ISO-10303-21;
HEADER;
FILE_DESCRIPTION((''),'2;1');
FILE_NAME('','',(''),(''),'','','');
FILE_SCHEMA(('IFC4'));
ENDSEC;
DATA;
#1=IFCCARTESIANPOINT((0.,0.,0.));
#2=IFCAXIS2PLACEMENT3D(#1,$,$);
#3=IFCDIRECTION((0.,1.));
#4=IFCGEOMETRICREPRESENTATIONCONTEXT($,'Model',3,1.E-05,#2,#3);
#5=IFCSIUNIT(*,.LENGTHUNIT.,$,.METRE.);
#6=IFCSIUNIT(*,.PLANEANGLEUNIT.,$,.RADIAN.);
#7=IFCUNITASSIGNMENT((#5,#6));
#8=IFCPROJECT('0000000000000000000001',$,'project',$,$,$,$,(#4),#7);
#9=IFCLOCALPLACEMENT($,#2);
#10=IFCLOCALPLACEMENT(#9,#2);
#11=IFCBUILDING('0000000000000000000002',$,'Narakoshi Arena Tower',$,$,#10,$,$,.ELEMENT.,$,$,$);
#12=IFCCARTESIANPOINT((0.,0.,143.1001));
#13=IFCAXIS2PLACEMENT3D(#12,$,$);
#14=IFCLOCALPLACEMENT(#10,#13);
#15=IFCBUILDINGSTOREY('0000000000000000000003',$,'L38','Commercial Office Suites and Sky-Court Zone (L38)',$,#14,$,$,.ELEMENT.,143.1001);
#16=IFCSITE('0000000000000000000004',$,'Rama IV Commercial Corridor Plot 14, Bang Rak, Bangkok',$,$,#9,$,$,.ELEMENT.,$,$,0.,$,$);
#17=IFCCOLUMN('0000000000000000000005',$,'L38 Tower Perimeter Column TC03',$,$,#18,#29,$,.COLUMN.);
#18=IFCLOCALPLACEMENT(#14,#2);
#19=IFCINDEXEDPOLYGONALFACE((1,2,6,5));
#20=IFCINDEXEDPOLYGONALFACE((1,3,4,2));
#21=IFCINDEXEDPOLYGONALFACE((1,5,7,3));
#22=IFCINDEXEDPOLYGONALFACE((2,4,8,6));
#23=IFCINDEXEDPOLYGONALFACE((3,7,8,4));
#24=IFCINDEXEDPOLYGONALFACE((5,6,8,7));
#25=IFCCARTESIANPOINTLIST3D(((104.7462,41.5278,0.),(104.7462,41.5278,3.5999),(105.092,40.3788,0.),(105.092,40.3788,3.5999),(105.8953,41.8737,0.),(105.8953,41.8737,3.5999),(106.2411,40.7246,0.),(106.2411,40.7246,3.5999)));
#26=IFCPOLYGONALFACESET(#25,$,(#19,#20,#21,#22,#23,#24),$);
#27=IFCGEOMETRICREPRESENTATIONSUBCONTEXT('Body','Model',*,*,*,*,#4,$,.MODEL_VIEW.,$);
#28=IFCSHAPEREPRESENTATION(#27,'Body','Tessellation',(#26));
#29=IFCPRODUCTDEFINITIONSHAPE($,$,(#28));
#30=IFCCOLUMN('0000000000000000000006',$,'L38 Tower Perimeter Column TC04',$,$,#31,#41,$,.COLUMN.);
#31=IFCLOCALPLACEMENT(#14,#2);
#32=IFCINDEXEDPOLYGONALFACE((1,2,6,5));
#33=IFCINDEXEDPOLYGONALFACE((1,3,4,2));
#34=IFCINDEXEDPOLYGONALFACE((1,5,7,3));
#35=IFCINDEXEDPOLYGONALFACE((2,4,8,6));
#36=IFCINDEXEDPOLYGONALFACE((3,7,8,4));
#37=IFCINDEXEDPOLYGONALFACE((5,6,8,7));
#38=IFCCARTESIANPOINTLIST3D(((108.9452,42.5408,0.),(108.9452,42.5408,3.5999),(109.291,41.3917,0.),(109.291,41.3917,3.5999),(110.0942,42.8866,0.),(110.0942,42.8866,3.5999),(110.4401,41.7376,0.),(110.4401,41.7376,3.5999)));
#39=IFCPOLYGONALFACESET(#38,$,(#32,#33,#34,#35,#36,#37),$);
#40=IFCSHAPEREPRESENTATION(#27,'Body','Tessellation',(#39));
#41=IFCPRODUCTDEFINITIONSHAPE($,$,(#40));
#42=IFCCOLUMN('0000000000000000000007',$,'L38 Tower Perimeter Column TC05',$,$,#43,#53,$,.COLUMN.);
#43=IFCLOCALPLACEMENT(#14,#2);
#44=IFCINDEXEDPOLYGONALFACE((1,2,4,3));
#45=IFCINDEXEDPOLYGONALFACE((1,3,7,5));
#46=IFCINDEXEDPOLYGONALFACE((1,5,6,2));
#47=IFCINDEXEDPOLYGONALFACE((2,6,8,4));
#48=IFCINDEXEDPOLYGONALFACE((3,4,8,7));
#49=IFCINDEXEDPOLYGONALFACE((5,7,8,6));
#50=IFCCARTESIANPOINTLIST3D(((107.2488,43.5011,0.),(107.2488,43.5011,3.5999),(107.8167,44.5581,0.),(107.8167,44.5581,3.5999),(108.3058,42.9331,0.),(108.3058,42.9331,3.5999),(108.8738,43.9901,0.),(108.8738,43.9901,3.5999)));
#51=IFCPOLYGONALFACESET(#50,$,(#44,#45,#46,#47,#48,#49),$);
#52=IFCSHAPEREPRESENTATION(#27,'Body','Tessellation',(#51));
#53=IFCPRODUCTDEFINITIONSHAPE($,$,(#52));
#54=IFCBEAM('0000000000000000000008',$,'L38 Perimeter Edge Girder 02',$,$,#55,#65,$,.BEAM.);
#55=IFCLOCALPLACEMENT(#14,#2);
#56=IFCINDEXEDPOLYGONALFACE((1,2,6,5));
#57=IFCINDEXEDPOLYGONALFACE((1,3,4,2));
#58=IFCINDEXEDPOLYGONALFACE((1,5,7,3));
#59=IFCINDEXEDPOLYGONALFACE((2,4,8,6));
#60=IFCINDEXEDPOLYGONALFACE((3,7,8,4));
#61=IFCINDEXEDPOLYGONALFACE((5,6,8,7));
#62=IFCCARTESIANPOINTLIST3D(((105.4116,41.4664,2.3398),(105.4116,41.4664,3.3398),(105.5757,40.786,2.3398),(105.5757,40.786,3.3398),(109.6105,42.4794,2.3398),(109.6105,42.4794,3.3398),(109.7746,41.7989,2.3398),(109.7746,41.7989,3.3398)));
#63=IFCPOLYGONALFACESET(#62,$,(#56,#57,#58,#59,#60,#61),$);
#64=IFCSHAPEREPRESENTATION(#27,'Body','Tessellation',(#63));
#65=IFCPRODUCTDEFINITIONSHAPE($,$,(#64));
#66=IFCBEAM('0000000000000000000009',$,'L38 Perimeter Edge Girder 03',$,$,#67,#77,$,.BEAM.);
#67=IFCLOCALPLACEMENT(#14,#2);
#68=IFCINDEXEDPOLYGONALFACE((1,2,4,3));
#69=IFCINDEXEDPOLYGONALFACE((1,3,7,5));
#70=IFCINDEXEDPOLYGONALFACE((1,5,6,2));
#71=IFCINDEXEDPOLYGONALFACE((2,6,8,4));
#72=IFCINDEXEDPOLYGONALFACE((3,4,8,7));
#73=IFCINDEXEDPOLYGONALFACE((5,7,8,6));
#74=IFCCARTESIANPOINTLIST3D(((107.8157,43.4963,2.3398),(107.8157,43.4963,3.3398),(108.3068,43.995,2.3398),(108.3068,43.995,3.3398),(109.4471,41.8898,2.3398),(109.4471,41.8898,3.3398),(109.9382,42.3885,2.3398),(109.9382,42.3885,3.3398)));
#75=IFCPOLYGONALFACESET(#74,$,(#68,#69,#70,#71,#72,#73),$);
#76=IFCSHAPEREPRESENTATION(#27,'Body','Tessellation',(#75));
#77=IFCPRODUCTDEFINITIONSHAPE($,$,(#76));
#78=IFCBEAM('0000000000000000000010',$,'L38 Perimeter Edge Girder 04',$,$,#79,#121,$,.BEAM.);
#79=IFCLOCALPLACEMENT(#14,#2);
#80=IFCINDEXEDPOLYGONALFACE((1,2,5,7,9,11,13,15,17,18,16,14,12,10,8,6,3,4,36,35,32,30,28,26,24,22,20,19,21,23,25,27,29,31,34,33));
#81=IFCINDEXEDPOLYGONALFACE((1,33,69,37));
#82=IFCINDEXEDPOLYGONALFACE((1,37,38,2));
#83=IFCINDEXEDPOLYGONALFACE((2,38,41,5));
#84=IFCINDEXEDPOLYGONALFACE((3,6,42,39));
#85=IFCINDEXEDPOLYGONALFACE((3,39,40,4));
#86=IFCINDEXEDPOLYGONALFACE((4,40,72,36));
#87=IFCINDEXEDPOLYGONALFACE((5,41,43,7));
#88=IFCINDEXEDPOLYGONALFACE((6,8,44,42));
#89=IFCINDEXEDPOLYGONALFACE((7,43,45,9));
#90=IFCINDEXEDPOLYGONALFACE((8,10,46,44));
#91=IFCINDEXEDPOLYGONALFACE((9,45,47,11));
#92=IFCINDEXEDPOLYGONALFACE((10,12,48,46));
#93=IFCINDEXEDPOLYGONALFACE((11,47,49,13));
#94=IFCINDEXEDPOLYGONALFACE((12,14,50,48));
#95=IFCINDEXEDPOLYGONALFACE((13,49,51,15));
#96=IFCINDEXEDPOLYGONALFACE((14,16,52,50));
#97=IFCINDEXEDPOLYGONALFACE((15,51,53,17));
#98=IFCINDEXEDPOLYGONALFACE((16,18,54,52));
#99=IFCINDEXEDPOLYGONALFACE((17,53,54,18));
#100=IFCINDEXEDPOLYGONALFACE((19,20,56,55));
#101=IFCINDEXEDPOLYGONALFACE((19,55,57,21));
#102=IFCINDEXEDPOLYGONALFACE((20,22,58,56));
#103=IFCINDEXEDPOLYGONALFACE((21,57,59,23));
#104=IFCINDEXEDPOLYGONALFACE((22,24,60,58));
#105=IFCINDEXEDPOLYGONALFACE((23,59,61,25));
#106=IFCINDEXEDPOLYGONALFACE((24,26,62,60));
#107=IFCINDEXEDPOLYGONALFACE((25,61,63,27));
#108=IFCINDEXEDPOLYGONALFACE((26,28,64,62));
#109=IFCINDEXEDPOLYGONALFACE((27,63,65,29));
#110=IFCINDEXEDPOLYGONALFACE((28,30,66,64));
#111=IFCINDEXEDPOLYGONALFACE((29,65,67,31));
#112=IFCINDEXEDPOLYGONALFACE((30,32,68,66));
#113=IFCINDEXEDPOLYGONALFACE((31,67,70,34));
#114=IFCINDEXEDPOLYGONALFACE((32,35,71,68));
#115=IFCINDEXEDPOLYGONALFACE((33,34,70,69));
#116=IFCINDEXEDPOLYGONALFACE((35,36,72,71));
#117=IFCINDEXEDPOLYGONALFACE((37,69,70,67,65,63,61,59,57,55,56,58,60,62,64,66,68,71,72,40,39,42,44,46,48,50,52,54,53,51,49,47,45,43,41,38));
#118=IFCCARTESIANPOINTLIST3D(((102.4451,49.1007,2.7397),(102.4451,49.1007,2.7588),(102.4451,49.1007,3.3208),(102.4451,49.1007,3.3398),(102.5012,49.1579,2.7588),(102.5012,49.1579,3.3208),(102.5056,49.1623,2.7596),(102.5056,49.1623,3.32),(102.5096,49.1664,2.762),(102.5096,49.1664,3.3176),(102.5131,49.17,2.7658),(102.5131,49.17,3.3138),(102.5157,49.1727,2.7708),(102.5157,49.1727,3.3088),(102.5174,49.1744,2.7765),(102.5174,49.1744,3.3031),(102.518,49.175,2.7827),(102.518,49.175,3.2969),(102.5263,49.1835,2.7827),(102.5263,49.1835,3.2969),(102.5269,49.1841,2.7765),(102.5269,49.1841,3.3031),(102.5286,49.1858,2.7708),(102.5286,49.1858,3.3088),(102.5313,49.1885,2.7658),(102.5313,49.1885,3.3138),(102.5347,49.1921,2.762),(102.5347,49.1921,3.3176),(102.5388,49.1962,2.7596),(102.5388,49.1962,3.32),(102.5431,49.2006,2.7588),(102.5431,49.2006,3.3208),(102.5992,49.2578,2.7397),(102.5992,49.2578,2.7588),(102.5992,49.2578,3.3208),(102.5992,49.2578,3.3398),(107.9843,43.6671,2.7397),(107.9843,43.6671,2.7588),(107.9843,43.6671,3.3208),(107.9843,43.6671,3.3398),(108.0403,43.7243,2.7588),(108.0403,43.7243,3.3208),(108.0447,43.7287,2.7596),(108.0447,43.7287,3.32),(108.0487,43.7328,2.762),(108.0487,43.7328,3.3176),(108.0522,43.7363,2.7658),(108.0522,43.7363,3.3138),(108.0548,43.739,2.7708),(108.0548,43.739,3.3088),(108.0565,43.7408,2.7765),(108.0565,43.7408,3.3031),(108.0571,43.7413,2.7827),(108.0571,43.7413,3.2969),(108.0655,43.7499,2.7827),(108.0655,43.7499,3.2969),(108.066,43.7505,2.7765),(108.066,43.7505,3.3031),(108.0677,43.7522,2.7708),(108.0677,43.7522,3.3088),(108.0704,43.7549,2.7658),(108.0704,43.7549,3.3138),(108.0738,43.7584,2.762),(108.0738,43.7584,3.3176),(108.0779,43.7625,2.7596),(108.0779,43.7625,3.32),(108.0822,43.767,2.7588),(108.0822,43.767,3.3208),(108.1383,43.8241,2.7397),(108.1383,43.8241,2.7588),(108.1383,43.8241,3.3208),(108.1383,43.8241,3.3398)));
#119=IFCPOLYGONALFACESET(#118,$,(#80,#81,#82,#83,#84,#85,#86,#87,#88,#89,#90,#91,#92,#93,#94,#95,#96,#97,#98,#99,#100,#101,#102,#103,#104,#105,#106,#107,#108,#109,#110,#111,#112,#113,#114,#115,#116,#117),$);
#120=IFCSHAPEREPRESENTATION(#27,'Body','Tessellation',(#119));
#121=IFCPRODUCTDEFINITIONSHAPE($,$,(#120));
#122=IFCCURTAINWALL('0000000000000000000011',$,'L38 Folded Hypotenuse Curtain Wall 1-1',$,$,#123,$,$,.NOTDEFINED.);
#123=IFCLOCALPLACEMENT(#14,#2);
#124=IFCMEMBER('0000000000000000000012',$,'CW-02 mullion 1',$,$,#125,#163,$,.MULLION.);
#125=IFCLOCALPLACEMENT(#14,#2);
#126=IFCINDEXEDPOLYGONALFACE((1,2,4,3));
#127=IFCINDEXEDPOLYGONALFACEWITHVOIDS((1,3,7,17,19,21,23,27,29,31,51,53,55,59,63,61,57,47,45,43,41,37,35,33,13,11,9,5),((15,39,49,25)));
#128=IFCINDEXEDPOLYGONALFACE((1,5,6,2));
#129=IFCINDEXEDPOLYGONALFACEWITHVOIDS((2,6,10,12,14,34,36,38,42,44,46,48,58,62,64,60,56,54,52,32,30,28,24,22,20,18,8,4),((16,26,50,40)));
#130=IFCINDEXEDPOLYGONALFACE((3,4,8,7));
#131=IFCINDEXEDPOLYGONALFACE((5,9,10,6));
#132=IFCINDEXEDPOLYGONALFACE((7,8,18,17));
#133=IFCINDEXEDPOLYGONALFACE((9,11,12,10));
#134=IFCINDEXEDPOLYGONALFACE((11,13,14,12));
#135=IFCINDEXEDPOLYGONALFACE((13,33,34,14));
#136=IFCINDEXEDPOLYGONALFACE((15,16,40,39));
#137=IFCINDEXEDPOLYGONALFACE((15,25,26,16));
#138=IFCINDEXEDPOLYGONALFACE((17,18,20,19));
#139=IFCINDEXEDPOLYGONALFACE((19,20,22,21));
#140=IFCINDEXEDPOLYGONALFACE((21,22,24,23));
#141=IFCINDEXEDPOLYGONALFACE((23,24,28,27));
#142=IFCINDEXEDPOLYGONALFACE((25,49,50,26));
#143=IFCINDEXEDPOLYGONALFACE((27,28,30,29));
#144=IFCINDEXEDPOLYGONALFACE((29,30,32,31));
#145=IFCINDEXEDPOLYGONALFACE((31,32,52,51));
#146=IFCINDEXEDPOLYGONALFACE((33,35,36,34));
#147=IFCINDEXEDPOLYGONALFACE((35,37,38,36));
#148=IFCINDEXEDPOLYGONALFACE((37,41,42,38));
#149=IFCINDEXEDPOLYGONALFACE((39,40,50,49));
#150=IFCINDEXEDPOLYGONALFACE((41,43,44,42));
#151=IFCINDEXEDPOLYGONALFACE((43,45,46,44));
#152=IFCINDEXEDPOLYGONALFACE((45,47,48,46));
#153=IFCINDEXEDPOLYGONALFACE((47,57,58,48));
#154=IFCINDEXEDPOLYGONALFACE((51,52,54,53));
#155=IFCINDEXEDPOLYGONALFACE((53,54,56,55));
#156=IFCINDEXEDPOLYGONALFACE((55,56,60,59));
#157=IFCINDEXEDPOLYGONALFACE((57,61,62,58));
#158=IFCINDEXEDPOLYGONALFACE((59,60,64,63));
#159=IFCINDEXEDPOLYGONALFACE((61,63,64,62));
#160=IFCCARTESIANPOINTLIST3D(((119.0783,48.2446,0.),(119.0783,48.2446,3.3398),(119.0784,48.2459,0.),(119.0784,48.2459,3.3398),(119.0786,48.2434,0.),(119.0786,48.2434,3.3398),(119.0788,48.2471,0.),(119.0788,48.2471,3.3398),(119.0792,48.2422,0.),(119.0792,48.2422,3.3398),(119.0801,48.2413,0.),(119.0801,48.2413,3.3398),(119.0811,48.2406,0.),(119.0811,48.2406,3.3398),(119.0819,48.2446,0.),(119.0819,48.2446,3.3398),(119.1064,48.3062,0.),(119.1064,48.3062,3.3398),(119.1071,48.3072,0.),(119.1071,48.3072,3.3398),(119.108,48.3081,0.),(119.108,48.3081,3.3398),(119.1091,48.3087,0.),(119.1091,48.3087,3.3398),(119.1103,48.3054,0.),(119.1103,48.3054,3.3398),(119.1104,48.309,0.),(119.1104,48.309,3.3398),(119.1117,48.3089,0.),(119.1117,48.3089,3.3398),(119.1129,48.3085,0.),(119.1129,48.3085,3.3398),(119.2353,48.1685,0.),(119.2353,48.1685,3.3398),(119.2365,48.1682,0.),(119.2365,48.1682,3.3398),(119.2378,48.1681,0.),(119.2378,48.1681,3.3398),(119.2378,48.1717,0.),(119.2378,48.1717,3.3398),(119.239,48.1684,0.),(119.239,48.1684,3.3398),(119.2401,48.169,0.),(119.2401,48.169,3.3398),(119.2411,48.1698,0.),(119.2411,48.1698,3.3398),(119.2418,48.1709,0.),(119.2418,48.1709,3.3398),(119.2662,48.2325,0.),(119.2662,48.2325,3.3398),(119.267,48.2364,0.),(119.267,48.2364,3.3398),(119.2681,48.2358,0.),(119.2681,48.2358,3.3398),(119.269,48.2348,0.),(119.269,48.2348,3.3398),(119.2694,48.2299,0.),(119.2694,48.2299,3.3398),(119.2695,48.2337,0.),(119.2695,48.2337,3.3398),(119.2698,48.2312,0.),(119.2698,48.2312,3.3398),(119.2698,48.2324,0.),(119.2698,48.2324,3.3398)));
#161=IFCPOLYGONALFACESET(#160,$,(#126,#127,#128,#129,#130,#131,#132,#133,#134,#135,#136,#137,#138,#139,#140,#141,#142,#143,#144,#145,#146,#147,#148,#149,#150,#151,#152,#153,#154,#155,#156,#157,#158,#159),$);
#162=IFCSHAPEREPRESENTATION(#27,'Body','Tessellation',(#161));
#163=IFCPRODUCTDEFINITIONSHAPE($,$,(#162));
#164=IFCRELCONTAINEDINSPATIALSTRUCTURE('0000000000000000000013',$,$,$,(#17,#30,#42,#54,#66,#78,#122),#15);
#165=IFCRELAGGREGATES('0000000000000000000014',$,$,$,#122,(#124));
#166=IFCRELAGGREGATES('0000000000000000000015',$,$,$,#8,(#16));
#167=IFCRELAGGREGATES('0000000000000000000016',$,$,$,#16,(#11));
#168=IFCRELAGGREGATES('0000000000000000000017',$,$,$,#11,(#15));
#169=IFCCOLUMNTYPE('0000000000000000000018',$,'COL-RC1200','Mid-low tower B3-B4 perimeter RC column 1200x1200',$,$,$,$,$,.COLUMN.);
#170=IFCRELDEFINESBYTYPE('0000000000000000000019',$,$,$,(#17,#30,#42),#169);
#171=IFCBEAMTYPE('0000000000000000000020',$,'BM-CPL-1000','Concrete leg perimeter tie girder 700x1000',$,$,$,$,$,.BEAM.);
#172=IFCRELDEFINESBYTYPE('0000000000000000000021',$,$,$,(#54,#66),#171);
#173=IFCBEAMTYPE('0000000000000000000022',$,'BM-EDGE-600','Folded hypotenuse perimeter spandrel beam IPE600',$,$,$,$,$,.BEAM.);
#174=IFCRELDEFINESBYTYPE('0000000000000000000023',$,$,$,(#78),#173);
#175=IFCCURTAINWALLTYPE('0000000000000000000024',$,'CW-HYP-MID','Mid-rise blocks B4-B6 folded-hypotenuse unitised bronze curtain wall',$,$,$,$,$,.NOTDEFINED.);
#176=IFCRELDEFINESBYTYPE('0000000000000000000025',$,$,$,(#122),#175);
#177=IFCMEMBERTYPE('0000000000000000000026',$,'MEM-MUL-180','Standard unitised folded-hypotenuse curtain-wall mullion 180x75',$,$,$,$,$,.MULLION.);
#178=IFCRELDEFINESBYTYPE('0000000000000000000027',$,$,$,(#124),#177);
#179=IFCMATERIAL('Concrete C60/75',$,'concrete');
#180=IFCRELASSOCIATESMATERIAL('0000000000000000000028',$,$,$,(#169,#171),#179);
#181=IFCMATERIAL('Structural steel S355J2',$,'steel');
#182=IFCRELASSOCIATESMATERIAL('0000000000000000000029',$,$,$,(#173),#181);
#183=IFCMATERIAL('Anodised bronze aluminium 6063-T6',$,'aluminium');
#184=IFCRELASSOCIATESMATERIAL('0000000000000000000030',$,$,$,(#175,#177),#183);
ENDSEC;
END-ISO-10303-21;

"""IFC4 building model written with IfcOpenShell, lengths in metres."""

from ifc_helpers import new_model, si_unit, direction, frame, origin, origin_2d, place, context, subcontext, project, spatial, rectangle, hollow_rectangle, i_section, extrude, material, material_profile, profile_set, type_object, element, aggregate, save


model = new_model("IFC4")

# Units and contexts
model_context = context("Model", 3, precision=1e-05, world=origin(), true_north=direction((0.0, 1.0)))
body_context = subcontext(model_context, "Body", "Model", "MODEL_VIEW")
ifc_project = project(units=[si_unit("LENGTHUNIT", "METRE"), si_unit("PLANEANGLEUNIT", "RADIAN")], contexts=[model_context])

# Site, building, storey
site_placement = place(None, origin())
site = spatial("IfcSite", under=ifc_project, at=site_placement, Name="Rama IV Commercial Corridor Plot 14, Bang Rak, Bangkok", CompositionType="ELEMENT", RefElevation=0.0)
building_placement = place(site_placement, origin())
building = spatial("IfcBuilding", under=site, at=building_placement, Name="Narakoshi Arena Tower", CompositionType="ELEMENT")
storey_placement = place(building_placement, frame((0.0, 0.0, 143.1001)))
storey = spatial("IfcBuildingStorey", under=building, at=storey_placement, Name="L38", Description="Commercial Office Suites and Sky-Court Zone (L38)", CompositionType="ELEMENT", Elevation=143.1001)

# Columns
ifc_material_1 = material(Name="Concrete C60/75", Category="concrete")
ifc_material_profile_1 = material_profile(ifc_material_1, rectangle(XDim=1.2, YDim=1.2, at=origin_2d()), Name="RC1200x1200")
ifc_profile_set_1 = profile_set([ifc_material_profile_1], Name="Concrete C60/75")
column_type = type_object("IfcColumnType", Name="COL-RC1200", Description="Mid-low tower B3-B4 perimeter RC column 1200x1200", PredefinedType="COLUMN", material=ifc_profile_set_1)
for number, where, z_axis, x_axis, name in (
    (1, (105.4937, 41.1262, 0.0), (0.0, 0.0, 1.0), (0.957571, 0.288196, 0.0), "L38 Tower Perimeter Column TC03"),
    (2, (109.6926, 42.1392, 0.0), (0.0, 0.0, 1.0), (0.957571, 0.288196, 0.0), "L38 Tower Perimeter Column TC04"),
    (3, (108.0613, 43.7456, 0.0), (0.0, 0.0, 1.0), (0.47332, 0.880891, 0.0), "L38 Tower Perimeter Column TC05"),
):
    element("IfcColumn", number, at=place(storey_placement, frame(where, z_axis=z_axis, x_axis=x_axis)), inside=storey, type_object=column_type, Name=name, PredefinedType="COLUMN", context=body_context, shape_type="SweptSolid", body=[
        extrude(rectangle(XDim=1.2, YDim=1.2, at=origin_2d()), origin(), (0.0, 0.0, 1.0), 3.5999),
    ])

# Beams
ifc_material_profile_2 = material_profile(ifc_material_1, rectangle(XDim=0.7, YDim=1.0, at=origin_2d()), Name="RCB700x1000")
ifc_profile_set_2 = profile_set([ifc_material_profile_2], Name="Concrete C60/75")
beam_type_1 = type_object("IfcBeamType", Name="BM-CPL-1000", Description="Concrete leg perimeter tie girder 700x1000", PredefinedType="BEAM", material=ifc_profile_set_2)
beam_1_placement = place(storey_placement, frame((105.4937, 41.1262, 2.8398), z_axis=(0.972114, 0.234508, 0.0), x_axis=(-0.234508, 0.972114, 0.0)))
element("IfcBeam", 4, at=beam_1_placement, inside=storey, type_object=beam_type_1, Name="L38 Perimeter Edge Girder 02", PredefinedType="BEAM", context=body_context, shape_type="SweptSolid", body=[
    extrude(rectangle(XDim=0.7, YDim=1.0, at=origin_2d()), origin(), (0.0, 0.0, 1.0), 4.3193),
])
beam_2_placement = place(storey_placement, frame((109.6926, 42.1392, 2.8398), z_axis=(-0.712524, 0.701648, 0.0), x_axis=(-0.701648, -0.712524, 0.0)))
element("IfcBeam", 5, at=beam_2_placement, inside=storey, type_object=beam_type_1, Name="L38 Perimeter Edge Girder 03", PredefinedType="BEAM", context=body_context, shape_type="SweptSolid", body=[
    extrude(rectangle(XDim=0.7, YDim=1.0, at=origin_2d()), origin(), (0.0, 0.0, 1.0), 2.2896),
])
ifc_material_2 = material(Name="Structural steel S355J2", Category="steel")
ifc_material_profile_3 = material_profile(ifc_material_2, i_section(OverallWidth=0.22, OverallDepth=0.6001, WebThickness=0.012, FlangeThickness=0.019, FilletRadius=0.0239, at=origin_2d()), Name="IPE600")
ifc_profile_set_3 = profile_set([ifc_material_profile_3], Name="Structural steel S355J2")
beam_type_2 = type_object("IfcBeamType", Name="BM-EDGE-600", Description="Folded hypotenuse perimeter spandrel beam IPE600", PredefinedType="BEAM", material=ifc_profile_set_3)
beam_3_placement = place(storey_placement, frame((108.0613, 43.7456, 3.0398), z_axis=(-0.71387, 0.700278, 0.0), x_axis=(-0.700278, -0.71387, 0.0)))
element("IfcBeam", 6, at=beam_3_placement, inside=storey, type_object=beam_type_2, Name="L38 Perimeter Edge Girder 04", PredefinedType="BEAM", context=body_context, shape_type="SweptSolid", body=[
    extrude(i_section(OverallWidth=0.22, OverallDepth=0.6001, WebThickness=0.012, FlangeThickness=0.019, FilletRadius=0.0239, at=origin_2d()), origin(), (0.0, 0.0, 1.0), 7.7593),
])

# Curtain wall, member
ifc_material_3 = material(Name="Anodised bronze aluminium 6063-T6", Category="aluminium")
curtain_wall_type = type_object("IfcCurtainWallType", Name="CW-HYP-MID", Description="Mid-rise blocks B4-B6 folded-hypotenuse unitised bronze curtain wall", PredefinedType="NOTDEFINED", material=ifc_material_3)
curtain_wall_placement = place(storey_placement, origin())
curtain_wall = element("IfcCurtainWall", 7, at=curtain_wall_placement, inside=storey, type_object=curtain_wall_type, Name="L38 Folded Hypotenuse Curtain Wall 1-1", PredefinedType="NOTDEFINED")
ifc_material_profile_4 = material_profile(ifc_material_3, hollow_rectangle(XDim=0.075, YDim=0.1799, WallThickness=0.0039, OuterFilletRadius=0.0049, at=origin_2d()), Name="MUL180x75x4")
ifc_profile_set_4 = profile_set([ifc_material_profile_4], Name="Anodised bronze aluminium 6063-T6")
member_type_1 = type_object("IfcMemberType", Name="MEM-MUL-180", Description="Standard unitised folded-hypotenuse curtain-wall mullion 180x75", PredefinedType="MULLION", material=ifc_profile_set_4)
member_1_placement = place(storey_placement, frame((119.1741, 48.2385, 0.0), z_axis=(0.0, 0.0, 1.0), x_axis=(-0.423532, -0.905881, 0.0)))
member_1 = element("IfcMember", 8, at=member_1_placement, type_object=member_type_1, Name="CW-02 mullion 1", PredefinedType="MULLION", context=body_context, shape_type="SweptSolid", body=[
    extrude(hollow_rectangle(XDim=0.075, YDim=0.1799, WallThickness=0.0039, OuterFilletRadius=0.0049, at=origin_2d()), origin(), (0.0, 0.0, 1.0), 3.3398),
])
aggregate(curtain_wall, [member_1])

save(model, "model.ifc")
